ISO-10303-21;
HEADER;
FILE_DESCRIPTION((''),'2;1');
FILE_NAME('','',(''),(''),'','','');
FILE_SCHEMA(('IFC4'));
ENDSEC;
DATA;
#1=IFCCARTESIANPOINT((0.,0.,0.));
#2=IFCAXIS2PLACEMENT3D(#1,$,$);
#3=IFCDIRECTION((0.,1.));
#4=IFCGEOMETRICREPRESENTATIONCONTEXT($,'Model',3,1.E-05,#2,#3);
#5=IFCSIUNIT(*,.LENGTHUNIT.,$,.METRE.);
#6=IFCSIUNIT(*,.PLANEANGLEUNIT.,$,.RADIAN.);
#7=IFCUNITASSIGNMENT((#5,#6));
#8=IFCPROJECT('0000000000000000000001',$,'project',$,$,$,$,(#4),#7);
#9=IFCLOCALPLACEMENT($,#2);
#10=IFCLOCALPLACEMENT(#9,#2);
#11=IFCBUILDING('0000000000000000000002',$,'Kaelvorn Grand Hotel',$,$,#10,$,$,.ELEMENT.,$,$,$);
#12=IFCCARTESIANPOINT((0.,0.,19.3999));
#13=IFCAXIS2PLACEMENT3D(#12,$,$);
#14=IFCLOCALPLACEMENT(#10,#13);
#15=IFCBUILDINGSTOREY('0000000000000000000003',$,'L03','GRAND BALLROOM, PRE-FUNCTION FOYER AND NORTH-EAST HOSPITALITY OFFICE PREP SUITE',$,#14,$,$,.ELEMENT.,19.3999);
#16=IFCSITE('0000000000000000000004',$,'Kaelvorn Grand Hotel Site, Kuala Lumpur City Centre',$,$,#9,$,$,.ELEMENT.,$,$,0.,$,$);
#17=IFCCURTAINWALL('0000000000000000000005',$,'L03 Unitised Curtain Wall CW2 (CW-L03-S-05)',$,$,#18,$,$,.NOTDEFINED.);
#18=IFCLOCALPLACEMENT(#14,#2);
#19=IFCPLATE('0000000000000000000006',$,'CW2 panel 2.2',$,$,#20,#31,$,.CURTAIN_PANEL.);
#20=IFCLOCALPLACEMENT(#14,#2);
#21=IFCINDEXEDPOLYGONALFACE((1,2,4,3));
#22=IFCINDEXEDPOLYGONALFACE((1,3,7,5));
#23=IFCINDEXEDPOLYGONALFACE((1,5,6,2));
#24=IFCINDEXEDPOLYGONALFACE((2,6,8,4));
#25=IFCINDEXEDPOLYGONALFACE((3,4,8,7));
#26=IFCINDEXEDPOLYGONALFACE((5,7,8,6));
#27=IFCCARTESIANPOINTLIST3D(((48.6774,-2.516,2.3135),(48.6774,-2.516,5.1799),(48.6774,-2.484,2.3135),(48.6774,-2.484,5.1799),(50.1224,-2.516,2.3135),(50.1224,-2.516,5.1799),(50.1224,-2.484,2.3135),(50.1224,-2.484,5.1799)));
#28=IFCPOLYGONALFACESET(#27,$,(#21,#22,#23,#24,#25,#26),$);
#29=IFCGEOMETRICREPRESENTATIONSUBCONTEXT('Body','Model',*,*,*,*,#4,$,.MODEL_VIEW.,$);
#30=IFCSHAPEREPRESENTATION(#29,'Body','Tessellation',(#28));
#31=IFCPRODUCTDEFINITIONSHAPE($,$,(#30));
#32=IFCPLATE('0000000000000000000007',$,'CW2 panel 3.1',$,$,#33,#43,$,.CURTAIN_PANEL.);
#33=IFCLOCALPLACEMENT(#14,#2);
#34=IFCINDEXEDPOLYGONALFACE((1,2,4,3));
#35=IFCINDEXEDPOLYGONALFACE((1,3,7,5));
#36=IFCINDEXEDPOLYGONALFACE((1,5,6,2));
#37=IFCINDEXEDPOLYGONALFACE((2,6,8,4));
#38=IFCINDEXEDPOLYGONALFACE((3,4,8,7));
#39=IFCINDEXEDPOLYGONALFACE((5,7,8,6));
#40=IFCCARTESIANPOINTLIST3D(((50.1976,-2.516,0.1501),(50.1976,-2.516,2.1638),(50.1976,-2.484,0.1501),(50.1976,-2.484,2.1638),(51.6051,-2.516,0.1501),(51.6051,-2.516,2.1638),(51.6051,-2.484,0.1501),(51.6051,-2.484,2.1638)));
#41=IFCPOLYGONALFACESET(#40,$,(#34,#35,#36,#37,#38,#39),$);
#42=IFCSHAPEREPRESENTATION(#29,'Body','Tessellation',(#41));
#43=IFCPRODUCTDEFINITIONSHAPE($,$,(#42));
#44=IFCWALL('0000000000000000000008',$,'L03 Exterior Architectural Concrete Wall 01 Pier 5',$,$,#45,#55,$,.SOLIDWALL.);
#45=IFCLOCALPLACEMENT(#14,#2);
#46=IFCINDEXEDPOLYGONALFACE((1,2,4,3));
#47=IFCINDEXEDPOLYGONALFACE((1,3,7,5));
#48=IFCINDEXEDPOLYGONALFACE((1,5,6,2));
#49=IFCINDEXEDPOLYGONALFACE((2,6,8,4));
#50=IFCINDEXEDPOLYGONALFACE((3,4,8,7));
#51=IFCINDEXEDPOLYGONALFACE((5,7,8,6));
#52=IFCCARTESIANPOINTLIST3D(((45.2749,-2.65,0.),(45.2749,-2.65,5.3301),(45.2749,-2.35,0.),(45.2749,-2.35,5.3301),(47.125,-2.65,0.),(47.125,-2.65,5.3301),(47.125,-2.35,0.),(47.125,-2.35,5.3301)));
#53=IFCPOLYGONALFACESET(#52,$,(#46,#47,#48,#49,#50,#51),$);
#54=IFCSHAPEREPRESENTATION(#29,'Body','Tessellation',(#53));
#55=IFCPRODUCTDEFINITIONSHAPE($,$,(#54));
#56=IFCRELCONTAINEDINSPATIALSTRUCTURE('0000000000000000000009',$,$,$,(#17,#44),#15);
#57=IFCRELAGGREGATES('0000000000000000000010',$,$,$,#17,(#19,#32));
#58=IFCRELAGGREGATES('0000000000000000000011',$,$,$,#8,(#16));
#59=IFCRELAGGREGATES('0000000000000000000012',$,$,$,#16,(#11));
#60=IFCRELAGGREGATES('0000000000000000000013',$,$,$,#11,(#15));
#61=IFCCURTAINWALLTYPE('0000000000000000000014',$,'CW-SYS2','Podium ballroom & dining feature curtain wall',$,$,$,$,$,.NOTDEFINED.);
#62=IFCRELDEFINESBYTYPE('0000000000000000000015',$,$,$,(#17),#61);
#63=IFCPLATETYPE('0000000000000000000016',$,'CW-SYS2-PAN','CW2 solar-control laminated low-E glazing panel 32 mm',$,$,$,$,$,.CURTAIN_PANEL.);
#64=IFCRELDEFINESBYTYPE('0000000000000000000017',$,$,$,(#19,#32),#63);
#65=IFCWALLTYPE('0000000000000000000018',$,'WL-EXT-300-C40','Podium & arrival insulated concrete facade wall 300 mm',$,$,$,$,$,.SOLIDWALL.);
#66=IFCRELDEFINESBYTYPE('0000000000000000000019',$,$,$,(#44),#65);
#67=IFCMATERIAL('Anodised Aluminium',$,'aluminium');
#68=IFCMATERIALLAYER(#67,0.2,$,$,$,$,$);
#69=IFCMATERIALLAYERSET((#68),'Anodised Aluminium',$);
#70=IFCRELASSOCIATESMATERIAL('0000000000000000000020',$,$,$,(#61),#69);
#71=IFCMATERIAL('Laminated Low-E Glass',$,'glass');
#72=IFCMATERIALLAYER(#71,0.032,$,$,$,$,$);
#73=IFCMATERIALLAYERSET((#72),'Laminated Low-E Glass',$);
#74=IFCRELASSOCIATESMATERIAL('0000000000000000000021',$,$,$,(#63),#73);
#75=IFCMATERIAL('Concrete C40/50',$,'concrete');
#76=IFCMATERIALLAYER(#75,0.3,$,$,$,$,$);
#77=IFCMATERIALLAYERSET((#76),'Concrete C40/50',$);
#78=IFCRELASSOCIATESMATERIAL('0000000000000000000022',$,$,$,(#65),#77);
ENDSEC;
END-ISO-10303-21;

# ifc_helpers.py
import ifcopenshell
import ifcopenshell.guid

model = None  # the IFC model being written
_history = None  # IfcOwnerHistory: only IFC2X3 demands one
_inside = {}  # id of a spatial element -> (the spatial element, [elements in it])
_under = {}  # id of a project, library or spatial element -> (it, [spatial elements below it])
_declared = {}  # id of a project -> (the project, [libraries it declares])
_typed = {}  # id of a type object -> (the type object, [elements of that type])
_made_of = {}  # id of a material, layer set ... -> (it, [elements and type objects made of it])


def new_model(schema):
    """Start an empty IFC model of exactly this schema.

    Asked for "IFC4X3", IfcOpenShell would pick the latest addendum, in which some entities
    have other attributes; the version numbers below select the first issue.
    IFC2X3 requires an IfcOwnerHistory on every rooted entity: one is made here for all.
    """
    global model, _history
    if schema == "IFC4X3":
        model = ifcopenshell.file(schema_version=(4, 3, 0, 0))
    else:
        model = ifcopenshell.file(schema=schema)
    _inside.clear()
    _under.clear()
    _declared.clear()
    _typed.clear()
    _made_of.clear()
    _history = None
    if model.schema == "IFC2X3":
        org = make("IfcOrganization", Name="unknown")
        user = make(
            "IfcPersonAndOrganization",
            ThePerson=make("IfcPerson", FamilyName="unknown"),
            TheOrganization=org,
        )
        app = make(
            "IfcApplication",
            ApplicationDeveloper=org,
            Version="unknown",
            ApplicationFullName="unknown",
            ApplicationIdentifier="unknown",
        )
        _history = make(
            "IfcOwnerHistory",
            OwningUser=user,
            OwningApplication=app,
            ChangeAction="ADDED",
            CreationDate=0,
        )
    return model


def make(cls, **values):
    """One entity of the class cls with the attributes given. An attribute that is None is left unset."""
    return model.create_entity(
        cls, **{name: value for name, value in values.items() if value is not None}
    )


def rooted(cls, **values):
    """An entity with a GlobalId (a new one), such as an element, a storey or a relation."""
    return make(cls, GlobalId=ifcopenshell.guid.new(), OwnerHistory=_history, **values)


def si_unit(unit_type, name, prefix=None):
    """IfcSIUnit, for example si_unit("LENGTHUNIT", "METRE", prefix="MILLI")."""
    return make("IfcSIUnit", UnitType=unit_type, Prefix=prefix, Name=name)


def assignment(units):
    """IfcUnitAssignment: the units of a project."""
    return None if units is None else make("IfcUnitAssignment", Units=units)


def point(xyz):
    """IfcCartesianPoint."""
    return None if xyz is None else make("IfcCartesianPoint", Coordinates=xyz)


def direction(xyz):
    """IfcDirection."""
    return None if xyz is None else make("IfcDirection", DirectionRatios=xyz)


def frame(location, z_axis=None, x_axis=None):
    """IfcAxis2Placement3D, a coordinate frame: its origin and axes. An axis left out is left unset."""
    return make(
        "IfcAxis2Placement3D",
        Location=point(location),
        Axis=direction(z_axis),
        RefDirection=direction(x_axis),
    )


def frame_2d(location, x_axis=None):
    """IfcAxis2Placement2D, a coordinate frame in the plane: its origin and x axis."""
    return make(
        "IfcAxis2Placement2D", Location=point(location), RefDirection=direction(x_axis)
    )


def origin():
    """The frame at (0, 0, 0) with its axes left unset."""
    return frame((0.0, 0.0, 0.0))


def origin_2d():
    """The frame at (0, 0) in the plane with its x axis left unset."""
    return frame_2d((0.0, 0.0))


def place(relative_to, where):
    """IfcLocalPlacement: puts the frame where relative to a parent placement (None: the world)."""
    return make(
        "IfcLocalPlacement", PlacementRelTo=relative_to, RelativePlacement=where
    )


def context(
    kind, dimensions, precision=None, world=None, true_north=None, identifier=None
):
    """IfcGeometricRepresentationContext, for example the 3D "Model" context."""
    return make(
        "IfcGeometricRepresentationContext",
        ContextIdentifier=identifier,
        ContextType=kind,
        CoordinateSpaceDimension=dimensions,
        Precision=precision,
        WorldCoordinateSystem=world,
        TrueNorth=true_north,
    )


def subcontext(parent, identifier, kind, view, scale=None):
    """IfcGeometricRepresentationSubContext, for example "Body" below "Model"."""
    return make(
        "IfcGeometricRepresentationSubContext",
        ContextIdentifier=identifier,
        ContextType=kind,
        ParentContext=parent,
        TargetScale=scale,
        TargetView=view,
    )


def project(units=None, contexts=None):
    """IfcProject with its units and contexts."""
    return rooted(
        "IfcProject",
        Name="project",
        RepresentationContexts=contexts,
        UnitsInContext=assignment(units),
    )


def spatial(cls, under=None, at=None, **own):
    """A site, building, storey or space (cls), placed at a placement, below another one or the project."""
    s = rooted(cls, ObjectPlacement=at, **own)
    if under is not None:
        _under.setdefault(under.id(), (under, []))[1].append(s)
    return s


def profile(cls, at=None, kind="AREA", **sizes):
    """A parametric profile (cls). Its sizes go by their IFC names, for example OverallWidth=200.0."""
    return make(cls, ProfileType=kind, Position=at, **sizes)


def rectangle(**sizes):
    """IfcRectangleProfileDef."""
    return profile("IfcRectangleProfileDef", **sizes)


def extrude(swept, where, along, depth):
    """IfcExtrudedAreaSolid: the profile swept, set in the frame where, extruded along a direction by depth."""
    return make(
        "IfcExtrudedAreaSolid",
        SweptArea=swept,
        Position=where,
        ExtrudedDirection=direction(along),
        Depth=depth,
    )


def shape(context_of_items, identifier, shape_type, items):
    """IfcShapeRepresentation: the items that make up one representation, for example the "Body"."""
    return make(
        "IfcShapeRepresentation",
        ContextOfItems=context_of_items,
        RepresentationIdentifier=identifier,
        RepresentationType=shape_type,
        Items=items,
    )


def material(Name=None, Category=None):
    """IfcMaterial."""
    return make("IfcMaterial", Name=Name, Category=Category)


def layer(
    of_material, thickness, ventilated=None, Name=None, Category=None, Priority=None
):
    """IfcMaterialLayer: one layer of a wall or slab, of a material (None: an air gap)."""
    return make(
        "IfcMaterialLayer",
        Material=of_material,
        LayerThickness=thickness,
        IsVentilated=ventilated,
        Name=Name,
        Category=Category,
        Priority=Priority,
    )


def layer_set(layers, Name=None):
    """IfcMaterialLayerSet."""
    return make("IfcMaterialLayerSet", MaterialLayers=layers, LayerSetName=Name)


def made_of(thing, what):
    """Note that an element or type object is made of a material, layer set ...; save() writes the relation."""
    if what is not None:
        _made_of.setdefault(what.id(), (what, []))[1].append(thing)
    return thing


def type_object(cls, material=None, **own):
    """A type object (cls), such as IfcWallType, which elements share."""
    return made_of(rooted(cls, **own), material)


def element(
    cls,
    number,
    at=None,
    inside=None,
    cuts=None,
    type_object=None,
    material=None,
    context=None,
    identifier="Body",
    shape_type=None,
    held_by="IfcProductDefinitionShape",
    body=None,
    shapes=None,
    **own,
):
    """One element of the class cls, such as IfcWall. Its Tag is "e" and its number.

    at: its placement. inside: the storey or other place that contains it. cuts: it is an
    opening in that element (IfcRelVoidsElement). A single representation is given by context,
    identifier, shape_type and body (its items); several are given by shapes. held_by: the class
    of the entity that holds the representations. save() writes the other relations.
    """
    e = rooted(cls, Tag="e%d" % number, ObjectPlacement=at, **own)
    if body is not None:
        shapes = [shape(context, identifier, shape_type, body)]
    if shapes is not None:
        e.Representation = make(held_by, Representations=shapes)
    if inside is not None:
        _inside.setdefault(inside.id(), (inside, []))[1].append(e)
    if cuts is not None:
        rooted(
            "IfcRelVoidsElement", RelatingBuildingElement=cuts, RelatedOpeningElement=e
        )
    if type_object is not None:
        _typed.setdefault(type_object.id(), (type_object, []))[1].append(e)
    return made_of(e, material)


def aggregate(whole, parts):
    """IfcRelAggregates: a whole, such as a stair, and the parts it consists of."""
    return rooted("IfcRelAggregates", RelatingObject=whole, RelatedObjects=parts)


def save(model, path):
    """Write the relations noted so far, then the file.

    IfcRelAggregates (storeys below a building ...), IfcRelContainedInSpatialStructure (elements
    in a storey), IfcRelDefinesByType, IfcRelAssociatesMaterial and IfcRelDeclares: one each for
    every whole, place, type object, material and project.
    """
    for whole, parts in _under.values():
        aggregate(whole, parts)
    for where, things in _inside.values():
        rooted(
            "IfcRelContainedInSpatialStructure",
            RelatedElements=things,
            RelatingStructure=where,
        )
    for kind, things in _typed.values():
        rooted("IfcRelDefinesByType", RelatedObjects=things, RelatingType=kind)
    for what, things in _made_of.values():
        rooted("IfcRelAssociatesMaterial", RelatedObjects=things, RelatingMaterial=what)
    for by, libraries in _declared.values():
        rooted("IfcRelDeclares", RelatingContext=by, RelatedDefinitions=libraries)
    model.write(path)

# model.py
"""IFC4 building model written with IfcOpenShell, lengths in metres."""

from ifc_helpers import new_model, si_unit, direction, frame, frame_2d, origin, origin_2d, place, context, subcontext, project, spatial, rectangle, extrude, material, layer, layer_set, type_object, element, aggregate, save


model = new_model("IFC4")

# Units and contexts
model_context = context("Model", 3, precision=1e-05, world=origin(), true_north=direction((0.0, 1.0)))
body_context = subcontext(model_context, "Body", "Model", "MODEL_VIEW")
ifc_project = project(units=[si_unit("LENGTHUNIT", "METRE"), si_unit("PLANEANGLEUNIT", "RADIAN")], contexts=[model_context])

# Site, building, storey
site_placement = place(None, origin())
site = spatial("IfcSite", under=ifc_project, at=site_placement, Name="Kaelvorn Grand Hotel Site, Kuala Lumpur City Centre", CompositionType="ELEMENT", RefElevation=0.0)
building_placement = place(site_placement, origin())
building = spatial("IfcBuilding", under=site, at=building_placement, Name="Kaelvorn Grand Hotel", CompositionType="ELEMENT")
storey_placement = place(building_placement, frame((0.0, 0.0, 19.3999)))
storey = spatial("IfcBuildingStorey", under=building, at=storey_placement, Name="L03", Description="GRAND BALLROOM, PRE-FUNCTION FOYER AND NORTH-EAST HOSPITALITY OFFICE PREP SUITE", CompositionType="ELEMENT", Elevation=19.3999)

# Curtain wall
ifc_material_1 = material(Name="Anodised Aluminium", Category="aluminium")
ifc_layer_1 = layer(ifc_material_1, 0.2)
ifc_layer_set_1 = layer_set([ifc_layer_1], Name="Anodised Aluminium")
curtain_wall_type = type_object("IfcCurtainWallType", Name="CW-SYS2", Description="Podium ballroom & dining feature curtain wall", PredefinedType="NOTDEFINED", material=ifc_layer_set_1)
curtain_wall_1_placement = place(storey_placement, origin())
curtain_wall_1 = element("IfcCurtainWall", 1, at=curtain_wall_1_placement, inside=storey, type_object=curtain_wall_type, Name="L03 Unitised Curtain Wall CW2 (CW-L03-S-05)", PredefinedType="NOTDEFINED")

# Plates
ifc_material_2 = material(Name="Laminated Low-E Glass", Category="glass")
ifc_layer_2 = layer(ifc_material_2, 0.032)
ifc_layer_set_2 = layer_set([ifc_layer_2], Name="Laminated Low-E Glass")
plate_type = type_object("IfcPlateType", Name="CW-SYS2-PAN", Description="CW2 solar-control laminated low-E glazing panel 32 mm", PredefinedType="CURTAIN_PANEL", material=ifc_layer_set_2)
plate_1_placement = place(storey_placement, frame((49.3999, -2.5, 2.3135), z_axis=(0.0, 0.0, 1.0), x_axis=(1.0, 0.0, 0.0)))
plate_1 = element("IfcPlate", 2, at=plate_1_placement, type_object=plate_type, Name="CW2 panel 2.2", PredefinedType="CURTAIN_PANEL", context=body_context, shape_type="SweptSolid", body=[
    extrude(rectangle(XDim=1.4451, YDim=0.032, at=origin_2d()), origin(), (0.0, 0.0, 1.0), 2.8665),
])
plate_2_placement = place(storey_placement, frame((50.9014, -2.5, 0.1501), z_axis=(0.0, 0.0, 1.0), x_axis=(1.0, 0.0, 0.0)))
plate_2 = element("IfcPlate", 3, at=plate_2_placement, type_object=plate_type, Name="CW2 panel 3.1", PredefinedType="CURTAIN_PANEL", context=body_context, shape_type="SweptSolid", body=[
    extrude(rectangle(XDim=1.4075, YDim=0.032, at=origin_2d()), origin(), (0.0, 0.0, 1.0), 2.0137),
])
aggregate(curtain_wall_1, [plate_1, plate_2])

# Wall
ifc_material_3 = material(Name="Concrete C40/50", Category="concrete")
ifc_layer_3 = layer(ifc_material_3, 0.3)
ifc_layer_set_3 = layer_set([ifc_layer_3], Name="Concrete C40/50")
wall_type = type_object("IfcWallType", Name="WL-EXT-300-C40", Description="Podium & arrival insulated concrete facade wall 300 mm", PredefinedType="SOLIDWALL", material=ifc_layer_set_3)
wall_placement = place(storey_placement, frame((45.2749, -2.5, 0.0), z_axis=(0.0, 0.0, 1.0), x_axis=(1.0, 0.0, 0.0)))
element("IfcWall", 4, at=wall_placement, inside=storey, type_object=wall_type, Name="L03 Exterior Architectural Concrete Wall 01 Pier 5", PredefinedType="SOLIDWALL", context=body_context, shape_type="SweptSolid", body=[
    extrude(rectangle(XDim=1.8501, YDim=0.3, at=frame_2d((0.925, 0.0))), origin(), (0.0, 0.0, 1.0), 5.3301),
])

save(model, "model.ifc")
